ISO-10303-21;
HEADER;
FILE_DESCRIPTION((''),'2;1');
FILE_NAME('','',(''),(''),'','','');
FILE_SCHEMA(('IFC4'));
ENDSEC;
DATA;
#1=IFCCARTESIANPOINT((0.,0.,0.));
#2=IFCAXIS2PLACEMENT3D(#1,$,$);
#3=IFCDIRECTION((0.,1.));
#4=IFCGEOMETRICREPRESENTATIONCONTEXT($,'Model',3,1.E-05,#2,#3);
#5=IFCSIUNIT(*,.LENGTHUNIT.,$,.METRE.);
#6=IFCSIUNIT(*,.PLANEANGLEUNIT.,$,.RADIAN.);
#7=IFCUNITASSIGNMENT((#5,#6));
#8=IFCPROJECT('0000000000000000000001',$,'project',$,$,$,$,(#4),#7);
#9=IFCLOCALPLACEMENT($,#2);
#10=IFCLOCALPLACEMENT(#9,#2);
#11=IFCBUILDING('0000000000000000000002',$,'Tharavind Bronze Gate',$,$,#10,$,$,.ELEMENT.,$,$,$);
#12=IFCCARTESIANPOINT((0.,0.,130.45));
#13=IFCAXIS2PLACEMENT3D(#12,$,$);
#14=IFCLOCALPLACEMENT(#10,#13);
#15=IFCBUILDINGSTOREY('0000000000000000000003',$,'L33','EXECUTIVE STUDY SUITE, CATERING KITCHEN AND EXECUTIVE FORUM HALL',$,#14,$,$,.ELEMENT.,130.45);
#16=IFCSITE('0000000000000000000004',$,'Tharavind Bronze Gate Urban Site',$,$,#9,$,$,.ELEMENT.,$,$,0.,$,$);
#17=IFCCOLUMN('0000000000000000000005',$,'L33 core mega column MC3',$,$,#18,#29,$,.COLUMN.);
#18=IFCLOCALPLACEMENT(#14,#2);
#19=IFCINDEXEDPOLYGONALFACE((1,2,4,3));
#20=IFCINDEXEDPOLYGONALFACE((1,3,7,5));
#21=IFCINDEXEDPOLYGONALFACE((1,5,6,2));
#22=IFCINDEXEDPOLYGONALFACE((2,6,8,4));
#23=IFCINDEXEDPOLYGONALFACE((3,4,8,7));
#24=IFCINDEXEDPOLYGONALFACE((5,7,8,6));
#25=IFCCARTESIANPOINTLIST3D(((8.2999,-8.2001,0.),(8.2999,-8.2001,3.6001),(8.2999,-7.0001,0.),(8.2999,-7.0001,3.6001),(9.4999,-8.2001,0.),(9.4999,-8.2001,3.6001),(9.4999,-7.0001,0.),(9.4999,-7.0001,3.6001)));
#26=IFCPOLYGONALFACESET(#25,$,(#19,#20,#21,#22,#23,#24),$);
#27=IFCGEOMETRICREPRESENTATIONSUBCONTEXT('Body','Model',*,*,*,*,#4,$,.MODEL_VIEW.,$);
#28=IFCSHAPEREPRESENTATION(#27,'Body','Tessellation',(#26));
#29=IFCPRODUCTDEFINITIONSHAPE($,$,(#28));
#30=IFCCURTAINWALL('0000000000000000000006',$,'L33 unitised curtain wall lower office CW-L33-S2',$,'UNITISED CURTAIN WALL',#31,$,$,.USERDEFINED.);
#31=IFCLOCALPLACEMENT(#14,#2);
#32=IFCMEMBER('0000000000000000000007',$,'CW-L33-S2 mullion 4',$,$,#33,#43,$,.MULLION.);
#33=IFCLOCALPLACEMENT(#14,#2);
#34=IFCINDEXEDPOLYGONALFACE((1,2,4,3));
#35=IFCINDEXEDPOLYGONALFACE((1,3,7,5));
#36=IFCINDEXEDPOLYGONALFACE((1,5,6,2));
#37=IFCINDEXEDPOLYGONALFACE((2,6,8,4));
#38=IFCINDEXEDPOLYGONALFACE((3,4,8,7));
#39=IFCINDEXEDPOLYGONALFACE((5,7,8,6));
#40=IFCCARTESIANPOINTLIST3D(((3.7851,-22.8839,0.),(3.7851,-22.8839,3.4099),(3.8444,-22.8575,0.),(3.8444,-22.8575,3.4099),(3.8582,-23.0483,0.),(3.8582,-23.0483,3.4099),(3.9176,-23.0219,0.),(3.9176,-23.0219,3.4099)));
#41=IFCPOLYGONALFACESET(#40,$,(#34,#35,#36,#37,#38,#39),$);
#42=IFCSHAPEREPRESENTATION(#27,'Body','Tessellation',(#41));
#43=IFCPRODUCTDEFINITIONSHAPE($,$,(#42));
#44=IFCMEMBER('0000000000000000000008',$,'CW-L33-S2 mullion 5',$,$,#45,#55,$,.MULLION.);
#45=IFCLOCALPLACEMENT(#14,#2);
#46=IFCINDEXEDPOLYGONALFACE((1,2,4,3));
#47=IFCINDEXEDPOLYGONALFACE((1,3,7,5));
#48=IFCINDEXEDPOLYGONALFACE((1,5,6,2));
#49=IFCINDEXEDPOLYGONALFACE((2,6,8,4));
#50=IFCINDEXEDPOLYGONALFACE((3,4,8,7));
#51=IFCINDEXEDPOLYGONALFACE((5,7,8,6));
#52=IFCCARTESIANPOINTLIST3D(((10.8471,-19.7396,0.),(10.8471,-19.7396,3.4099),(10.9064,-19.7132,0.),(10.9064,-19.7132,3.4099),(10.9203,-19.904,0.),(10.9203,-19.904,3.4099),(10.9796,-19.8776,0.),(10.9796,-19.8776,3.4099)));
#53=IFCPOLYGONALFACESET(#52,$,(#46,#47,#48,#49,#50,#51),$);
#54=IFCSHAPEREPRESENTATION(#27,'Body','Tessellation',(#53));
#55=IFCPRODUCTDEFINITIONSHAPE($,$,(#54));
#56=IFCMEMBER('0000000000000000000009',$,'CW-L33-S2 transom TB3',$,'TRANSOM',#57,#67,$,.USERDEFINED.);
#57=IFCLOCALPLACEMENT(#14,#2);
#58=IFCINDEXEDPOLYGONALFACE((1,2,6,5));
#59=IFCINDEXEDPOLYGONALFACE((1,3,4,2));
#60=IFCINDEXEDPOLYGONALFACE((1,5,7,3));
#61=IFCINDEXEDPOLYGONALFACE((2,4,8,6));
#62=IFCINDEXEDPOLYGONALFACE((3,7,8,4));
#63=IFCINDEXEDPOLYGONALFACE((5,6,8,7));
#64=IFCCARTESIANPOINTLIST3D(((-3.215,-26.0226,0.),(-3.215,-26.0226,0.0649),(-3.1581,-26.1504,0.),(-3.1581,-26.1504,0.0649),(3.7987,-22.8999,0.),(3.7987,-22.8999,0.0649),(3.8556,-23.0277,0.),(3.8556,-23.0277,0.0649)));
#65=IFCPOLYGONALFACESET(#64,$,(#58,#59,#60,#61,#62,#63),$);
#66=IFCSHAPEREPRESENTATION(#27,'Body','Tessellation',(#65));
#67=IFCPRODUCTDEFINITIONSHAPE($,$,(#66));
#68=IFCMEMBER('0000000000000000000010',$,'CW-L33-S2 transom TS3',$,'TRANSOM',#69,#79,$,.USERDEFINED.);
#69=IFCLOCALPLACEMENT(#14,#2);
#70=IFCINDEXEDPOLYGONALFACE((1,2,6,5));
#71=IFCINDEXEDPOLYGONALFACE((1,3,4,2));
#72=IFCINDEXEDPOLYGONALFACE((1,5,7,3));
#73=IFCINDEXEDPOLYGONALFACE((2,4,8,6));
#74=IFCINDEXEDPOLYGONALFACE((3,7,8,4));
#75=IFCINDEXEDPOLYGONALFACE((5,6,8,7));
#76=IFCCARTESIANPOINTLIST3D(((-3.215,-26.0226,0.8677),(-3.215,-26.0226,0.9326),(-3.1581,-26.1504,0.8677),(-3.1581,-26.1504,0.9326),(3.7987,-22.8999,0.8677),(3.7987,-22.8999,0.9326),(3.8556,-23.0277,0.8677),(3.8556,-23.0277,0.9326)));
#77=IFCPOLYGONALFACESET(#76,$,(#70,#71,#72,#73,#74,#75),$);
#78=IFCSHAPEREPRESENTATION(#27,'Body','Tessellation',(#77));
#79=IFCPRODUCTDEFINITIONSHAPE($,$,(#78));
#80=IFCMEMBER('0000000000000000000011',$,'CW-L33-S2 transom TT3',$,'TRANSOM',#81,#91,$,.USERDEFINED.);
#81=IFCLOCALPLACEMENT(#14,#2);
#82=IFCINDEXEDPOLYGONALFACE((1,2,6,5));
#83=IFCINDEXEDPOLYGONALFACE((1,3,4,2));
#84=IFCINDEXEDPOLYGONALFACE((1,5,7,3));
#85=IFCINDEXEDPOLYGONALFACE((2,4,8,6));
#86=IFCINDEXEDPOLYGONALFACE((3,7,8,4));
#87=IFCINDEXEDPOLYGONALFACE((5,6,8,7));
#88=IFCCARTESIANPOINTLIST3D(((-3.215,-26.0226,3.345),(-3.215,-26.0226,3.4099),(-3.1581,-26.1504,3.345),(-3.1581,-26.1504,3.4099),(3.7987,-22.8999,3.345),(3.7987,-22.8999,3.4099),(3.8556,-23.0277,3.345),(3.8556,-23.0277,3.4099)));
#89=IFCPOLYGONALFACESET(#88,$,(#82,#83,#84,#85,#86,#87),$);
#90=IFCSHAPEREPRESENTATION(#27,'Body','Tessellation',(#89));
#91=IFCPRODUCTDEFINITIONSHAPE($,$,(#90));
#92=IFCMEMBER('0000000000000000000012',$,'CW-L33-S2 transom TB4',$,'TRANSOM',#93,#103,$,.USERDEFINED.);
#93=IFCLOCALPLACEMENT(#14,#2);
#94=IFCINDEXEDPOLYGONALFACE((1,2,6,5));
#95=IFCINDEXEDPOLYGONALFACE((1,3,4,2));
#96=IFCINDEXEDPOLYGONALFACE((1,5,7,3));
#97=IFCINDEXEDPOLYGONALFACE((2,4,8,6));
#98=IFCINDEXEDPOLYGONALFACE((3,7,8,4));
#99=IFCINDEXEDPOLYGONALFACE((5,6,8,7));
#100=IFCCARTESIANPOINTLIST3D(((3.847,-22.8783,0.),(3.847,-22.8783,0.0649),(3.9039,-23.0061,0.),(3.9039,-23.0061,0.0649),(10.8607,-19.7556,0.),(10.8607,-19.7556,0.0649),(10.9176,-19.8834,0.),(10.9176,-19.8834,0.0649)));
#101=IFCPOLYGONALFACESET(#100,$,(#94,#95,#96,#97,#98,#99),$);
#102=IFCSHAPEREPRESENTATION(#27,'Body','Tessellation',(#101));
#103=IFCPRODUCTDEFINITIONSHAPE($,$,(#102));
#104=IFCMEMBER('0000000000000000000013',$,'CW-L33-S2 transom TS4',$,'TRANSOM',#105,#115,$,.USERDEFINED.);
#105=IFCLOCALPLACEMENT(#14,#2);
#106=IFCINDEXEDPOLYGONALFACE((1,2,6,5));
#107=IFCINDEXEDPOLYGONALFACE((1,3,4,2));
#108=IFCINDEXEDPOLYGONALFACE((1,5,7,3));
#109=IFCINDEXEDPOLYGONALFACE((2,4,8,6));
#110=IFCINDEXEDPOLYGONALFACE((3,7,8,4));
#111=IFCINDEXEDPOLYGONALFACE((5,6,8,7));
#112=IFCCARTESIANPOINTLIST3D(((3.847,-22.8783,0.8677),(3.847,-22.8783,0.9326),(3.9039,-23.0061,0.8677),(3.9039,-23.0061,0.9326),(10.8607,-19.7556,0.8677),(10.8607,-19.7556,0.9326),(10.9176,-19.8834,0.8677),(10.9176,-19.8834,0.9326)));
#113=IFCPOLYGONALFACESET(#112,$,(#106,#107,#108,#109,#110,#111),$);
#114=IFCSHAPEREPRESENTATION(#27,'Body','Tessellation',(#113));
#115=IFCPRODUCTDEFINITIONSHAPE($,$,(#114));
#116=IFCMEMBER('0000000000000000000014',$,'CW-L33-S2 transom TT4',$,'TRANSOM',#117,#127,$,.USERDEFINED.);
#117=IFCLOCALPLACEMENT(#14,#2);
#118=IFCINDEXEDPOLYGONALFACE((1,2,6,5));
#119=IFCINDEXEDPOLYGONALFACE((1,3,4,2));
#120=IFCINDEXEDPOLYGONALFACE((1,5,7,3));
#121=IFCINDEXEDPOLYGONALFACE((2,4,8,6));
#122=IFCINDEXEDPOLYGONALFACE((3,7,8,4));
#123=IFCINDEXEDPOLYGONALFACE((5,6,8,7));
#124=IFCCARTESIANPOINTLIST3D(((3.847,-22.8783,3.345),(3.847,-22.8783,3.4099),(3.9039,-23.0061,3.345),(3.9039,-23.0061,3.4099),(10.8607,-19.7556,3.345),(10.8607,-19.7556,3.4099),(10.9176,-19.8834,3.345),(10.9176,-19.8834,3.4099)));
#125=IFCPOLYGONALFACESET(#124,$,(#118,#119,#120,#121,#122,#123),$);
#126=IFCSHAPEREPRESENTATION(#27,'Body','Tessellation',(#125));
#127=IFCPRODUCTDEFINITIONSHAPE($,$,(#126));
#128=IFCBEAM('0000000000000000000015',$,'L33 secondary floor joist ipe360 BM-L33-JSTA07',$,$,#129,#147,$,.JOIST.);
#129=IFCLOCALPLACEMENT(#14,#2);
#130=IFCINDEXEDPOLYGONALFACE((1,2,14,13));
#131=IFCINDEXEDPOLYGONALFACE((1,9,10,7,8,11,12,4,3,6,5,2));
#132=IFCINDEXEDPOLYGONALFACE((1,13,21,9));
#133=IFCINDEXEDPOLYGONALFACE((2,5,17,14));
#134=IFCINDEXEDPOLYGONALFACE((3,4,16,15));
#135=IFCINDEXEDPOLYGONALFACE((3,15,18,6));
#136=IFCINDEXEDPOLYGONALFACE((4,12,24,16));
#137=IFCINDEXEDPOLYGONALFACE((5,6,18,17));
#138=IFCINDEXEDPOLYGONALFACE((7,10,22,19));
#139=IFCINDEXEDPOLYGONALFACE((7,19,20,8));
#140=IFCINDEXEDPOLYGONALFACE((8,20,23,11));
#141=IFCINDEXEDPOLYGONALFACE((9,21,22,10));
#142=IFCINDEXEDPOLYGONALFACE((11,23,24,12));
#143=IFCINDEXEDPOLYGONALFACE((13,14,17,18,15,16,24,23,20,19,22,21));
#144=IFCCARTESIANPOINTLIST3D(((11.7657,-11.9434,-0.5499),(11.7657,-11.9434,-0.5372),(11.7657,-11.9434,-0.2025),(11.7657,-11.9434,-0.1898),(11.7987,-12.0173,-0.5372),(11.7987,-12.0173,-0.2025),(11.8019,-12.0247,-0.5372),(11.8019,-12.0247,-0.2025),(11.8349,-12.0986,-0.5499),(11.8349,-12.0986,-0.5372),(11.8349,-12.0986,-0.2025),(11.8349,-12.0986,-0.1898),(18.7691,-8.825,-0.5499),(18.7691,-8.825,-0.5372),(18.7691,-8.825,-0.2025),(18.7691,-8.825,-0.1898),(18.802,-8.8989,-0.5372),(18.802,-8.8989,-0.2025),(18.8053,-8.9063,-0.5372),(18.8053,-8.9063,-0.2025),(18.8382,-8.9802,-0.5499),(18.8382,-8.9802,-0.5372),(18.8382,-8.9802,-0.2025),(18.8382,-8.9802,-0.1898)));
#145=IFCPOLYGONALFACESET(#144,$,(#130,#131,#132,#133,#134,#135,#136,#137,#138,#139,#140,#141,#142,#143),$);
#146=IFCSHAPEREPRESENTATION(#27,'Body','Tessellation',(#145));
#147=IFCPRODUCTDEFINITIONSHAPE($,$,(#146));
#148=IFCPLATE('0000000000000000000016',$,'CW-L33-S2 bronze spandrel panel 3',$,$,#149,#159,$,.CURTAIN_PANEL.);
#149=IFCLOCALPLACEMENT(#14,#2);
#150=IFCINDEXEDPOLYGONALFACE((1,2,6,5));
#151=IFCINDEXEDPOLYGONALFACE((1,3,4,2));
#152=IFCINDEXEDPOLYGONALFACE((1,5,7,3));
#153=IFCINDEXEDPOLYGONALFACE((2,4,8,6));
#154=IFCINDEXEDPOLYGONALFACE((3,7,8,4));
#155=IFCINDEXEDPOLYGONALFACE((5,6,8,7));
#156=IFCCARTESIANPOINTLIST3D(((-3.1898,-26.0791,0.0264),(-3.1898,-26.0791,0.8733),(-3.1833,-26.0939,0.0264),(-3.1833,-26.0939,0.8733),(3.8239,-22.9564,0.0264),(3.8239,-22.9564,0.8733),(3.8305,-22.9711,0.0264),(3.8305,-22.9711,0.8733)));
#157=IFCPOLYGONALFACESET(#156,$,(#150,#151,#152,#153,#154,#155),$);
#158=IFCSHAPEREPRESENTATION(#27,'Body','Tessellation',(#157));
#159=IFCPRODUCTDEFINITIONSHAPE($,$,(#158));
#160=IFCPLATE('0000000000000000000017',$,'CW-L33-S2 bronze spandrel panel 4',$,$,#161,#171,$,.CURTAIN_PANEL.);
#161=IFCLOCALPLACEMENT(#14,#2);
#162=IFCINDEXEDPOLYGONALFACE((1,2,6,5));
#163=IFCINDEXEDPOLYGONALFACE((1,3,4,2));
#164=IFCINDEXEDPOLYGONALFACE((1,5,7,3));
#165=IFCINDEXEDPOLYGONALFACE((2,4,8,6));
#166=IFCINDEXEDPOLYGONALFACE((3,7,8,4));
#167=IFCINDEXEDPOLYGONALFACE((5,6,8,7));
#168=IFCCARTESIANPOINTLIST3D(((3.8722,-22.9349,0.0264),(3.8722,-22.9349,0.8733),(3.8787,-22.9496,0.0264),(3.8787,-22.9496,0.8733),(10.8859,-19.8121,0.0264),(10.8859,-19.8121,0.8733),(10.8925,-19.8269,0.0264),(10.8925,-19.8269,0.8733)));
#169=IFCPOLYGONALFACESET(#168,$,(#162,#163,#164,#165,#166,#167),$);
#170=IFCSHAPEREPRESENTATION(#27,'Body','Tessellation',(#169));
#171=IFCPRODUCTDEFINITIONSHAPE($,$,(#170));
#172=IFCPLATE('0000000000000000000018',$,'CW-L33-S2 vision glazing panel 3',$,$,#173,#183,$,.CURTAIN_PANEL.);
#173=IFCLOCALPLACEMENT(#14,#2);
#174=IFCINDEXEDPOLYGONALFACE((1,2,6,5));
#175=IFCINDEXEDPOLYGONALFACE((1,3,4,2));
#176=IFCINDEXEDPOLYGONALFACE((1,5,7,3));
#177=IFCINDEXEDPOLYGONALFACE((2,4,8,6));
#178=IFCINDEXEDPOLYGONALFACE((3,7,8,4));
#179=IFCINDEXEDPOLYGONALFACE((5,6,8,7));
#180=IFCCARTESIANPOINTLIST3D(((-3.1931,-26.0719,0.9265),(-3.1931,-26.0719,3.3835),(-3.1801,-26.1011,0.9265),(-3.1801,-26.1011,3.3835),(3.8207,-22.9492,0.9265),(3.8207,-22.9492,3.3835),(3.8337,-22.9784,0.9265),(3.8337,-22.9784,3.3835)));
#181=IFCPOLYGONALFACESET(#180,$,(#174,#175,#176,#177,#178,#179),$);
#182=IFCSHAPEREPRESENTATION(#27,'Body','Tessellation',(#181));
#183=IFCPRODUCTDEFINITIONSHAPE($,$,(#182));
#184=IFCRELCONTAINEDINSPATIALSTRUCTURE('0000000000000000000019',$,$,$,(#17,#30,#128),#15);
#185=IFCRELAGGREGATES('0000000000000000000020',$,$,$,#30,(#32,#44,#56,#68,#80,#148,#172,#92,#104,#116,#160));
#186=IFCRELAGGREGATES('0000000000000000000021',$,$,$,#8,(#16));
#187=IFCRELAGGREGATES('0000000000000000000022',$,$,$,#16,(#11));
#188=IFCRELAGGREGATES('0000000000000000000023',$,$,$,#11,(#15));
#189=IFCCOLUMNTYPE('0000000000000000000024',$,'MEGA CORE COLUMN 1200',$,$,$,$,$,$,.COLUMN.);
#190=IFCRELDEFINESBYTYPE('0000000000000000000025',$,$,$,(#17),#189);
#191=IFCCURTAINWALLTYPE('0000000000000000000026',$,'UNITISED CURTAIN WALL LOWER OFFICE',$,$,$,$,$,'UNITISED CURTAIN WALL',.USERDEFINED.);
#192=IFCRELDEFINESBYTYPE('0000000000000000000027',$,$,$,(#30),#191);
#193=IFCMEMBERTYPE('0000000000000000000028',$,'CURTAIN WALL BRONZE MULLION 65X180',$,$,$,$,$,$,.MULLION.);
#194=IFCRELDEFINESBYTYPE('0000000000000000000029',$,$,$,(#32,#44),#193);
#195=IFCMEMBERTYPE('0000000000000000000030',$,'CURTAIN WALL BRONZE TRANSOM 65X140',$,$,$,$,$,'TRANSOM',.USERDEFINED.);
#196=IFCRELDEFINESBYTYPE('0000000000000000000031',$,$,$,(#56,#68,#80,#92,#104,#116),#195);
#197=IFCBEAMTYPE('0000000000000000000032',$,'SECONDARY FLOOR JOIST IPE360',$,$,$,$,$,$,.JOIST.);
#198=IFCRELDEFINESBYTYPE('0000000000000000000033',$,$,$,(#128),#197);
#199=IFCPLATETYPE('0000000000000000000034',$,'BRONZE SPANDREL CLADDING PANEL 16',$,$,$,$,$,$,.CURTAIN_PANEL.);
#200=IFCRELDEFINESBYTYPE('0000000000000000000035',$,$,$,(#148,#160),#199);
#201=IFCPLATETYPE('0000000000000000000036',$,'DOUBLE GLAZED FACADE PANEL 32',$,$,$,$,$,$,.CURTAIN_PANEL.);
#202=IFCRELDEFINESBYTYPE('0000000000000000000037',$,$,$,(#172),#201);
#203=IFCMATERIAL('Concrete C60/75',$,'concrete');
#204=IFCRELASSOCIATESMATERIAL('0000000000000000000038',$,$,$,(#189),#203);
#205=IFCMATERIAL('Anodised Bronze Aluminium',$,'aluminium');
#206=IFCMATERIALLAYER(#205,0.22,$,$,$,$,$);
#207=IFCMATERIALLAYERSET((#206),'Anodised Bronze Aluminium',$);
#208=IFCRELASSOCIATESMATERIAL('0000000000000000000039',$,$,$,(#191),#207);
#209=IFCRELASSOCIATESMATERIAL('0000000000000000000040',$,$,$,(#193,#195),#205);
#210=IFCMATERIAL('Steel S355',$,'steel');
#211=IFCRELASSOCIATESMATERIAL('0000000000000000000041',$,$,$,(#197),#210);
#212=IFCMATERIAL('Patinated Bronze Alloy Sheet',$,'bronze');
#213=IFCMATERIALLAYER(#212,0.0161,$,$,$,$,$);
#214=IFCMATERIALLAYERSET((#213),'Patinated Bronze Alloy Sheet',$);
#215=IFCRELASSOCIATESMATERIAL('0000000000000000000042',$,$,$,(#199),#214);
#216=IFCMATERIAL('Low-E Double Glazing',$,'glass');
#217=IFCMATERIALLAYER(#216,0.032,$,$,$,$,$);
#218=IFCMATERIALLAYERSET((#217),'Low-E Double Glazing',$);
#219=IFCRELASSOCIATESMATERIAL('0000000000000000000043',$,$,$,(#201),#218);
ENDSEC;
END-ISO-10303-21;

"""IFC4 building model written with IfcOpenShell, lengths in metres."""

from ifc_helpers import new_model, si_unit, direction, frame, origin, origin_2d, place, context, subcontext, project, spatial, rectangle, i_section, extrude, material, layer, layer_set, material_profile, profile_set, type_object, element, aggregate, save


model = new_model("IFC4")

# Units and contexts
model_context = context("Model", 3, precision=1e-05, world=origin(), true_north=direction((0.0, 1.0)))
body_context = subcontext(model_context, "Body", "Model", "MODEL_VIEW")
ifc_project = project(units=[si_unit("LENGTHUNIT", "METRE"), si_unit("PLANEANGLEUNIT", "RADIAN")], contexts=[model_context])

# Site, building, storey
site_placement = place(None, origin())
site = spatial("IfcSite", under=ifc_project, at=site_placement, Name="Tharavind Bronze Gate Urban Site", CompositionType="ELEMENT", RefElevation=0.0)
building_placement = place(site_placement, origin())
building = spatial("IfcBuilding", under=site, at=building_placement, Name="Tharavind Bronze Gate", CompositionType="ELEMENT")
storey_placement = place(building_placement, frame((0.0, 0.0, 130.45)))
storey = spatial("IfcBuildingStorey", under=building, at=storey_placement, Name="L33", Description="EXECUTIVE STUDY SUITE, CATERING KITCHEN AND EXECUTIVE FORUM HALL", CompositionType="ELEMENT", Elevation=130.45)

# Column
ifc_material_1 = material(Name="Concrete C60/75", Category="concrete")
ifc_material_profile_1 = material_profile(ifc_material_1, rectangle(XDim=1.2, YDim=1.2, at=origin_2d()), Name="RCCOL1200")
ifc_profile_set_1 = profile_set([ifc_material_profile_1], Name="Concrete C60/75")
column_type = type_object("IfcColumnType", Name="MEGA CORE COLUMN 1200", PredefinedType="COLUMN", material=ifc_profile_set_1)
column_placement = place(storey_placement, frame((8.8999, -7.6001, 0.0), z_axis=(0.0, 0.0, 1.0), x_axis=(1.0, 0.0, 0.0)))
element("IfcColumn", 1, at=column_placement, inside=storey, type_object=column_type, Name="L33 core mega column MC3", PredefinedType="COLUMN", context=body_context, shape_type="SweptSolid", body=[
    extrude(rectangle(XDim=1.2, YDim=1.2, at=origin_2d()), origin(), (0.0, 0.0, 1.0), 3.6001),
])

# Curtain wall, members
ifc_material_2 = material(Name="Anodised Bronze Aluminium", Category="aluminium")
ifc_layer_1 = layer(ifc_material_2, 0.22)
ifc_layer_set_1 = layer_set([ifc_layer_1], Name="Anodised Bronze Aluminium")
curtain_wall_type = type_object("IfcCurtainWallType", Name="UNITISED CURTAIN WALL LOWER OFFICE", ElementType="UNITISED CURTAIN WALL", PredefinedType="USERDEFINED", material=ifc_layer_set_1)
curtain_wall_placement = place(storey_placement, origin())
curtain_wall = element("IfcCurtainWall", 2, at=curtain_wall_placement, inside=storey, type_object=curtain_wall_type, Name="L33 unitised curtain wall lower office CW-L33-S2", ObjectType="UNITISED CURTAIN WALL", PredefinedType="USERDEFINED")
member_type_1 = type_object("IfcMemberType", Name="CURTAIN WALL BRONZE MULLION 65X180", PredefinedType="MULLION", material=ifc_material_2)
member_1_placement = place(storey_placement, frame((3.8513, -22.9529, 0.0), z_axis=(0.0, 0.0, 1.0), x_axis=(0.913545, 0.406737, 0.0)))
member_1 = element("IfcMember", 3, at=member_1_placement, type_object=member_type_1, Name="CW-L33-S2 mullion 4", PredefinedType="MULLION", context=body_context, shape_type="SweptSolid", body=[
    extrude(rectangle(XDim=0.0649, YDim=0.1799, at=origin_2d()), origin(), (0.0, 0.0, 1.0), 3.4099),
])
member_2_placement = place(storey_placement, frame((10.9133, -19.8086, 0.0), z_axis=(0.0, 0.0, 1.0), x_axis=(0.913545, 0.406737, 0.0)))
member_2 = element("IfcMember", 4, at=member_2_placement, type_object=member_type_1, Name="CW-L33-S2 mullion 5", PredefinedType="MULLION", context=body_context, shape_type="SweptSolid", body=[
    extrude(rectangle(XDim=0.0649, YDim=0.1799, at=origin_2d()), origin(), (0.0, 0.0, 1.0), 3.4099),
])
member_type_2 = type_object("IfcMemberType", Name="CURTAIN WALL BRONZE TRANSOM 65X140", ElementType="TRANSOM", PredefinedType="USERDEFINED", material=ifc_material_2)
member_3_placement = place(storey_placement, frame((0.3203, -24.5251, 0.0), z_axis=(0.0, 0.0, 1.0), x_axis=(0.913545, 0.406737, 0.0)))
member_3 = element("IfcMember", 5, at=member_3_placement, type_object=member_type_2, Name="CW-L33-S2 transom TB3", ObjectType="TRANSOM", PredefinedType="USERDEFINED", context=body_context, shape_type="SweptSolid", body=[
    extrude(rectangle(XDim=7.6775, YDim=0.1399, at=origin_2d()), origin(), (0.0, 0.0, 1.0), 0.0649),
])
member_4_placement = place(storey_placement, frame((0.3203, -24.5251, 0.8677), z_axis=(0.0, 0.0, 1.0), x_axis=(0.913545, 0.406737, 0.0)))
member_4 = element("IfcMember", 6, at=member_4_placement, type_object=member_type_2, Name="CW-L33-S2 transom TS3", ObjectType="TRANSOM", PredefinedType="USERDEFINED", context=body_context, shape_type="SweptSolid", body=[
    extrude(rectangle(XDim=7.6775, YDim=0.1399, at=origin_2d()), origin(), (0.0, 0.0, 1.0), 0.0649),
])
member_5_placement = place(storey_placement, frame((0.3203, -24.5251, 3.345), z_axis=(0.0, 0.0, 1.0), x_axis=(0.913545, 0.406737, 0.0)))
member_5 = element("IfcMember", 7, at=member_5_placement, type_object=member_type_2, Name="CW-L33-S2 transom TT3", ObjectType="TRANSOM", PredefinedType="USERDEFINED", context=body_context, shape_type="SweptSolid", body=[
    extrude(rectangle(XDim=7.6775, YDim=0.1399, at=origin_2d()), origin(), (0.0, 0.0, 1.0), 0.0649),
])
member_6_placement = place(storey_placement, frame((7.3823, -21.3809, 0.0), z_axis=(0.0, 0.0, 1.0), x_axis=(0.913545, 0.406737, 0.0)))
member_6 = element("IfcMember", 8, at=member_6_placement, type_object=member_type_2, Name="CW-L33-S2 transom TB4", ObjectType="TRANSOM", PredefinedType="USERDEFINED", context=body_context, shape_type="SweptSolid", body=[
    extrude(rectangle(XDim=7.6775, YDim=0.1399, at=origin_2d()), origin(), (0.0, 0.0, 1.0), 0.0649),
])
member_7_placement = place(storey_placement, frame((7.3823, -21.3809, 0.8677), z_axis=(0.0, 0.0, 1.0), x_axis=(0.913545, 0.406737, 0.0)))
member_7 = element("IfcMember", 9, at=member_7_placement, type_object=member_type_2, Name="CW-L33-S2 transom TS4", ObjectType="TRANSOM", PredefinedType="USERDEFINED", context=body_context, shape_type="SweptSolid", body=[
    extrude(rectangle(XDim=7.6775, YDim=0.1399, at=origin_2d()), origin(), (0.0, 0.0, 1.0), 0.0649),
])
member_8_placement = place(storey_placement, frame((7.3823, -21.3809, 3.345), z_axis=(0.0, 0.0, 1.0), x_axis=(0.913545, 0.406737, 0.0)))
member_8 = element("IfcMember", 10, at=member_8_placement, type_object=member_type_2, Name="CW-L33-S2 transom TT4", ObjectType="TRANSOM", PredefinedType="USERDEFINED", context=body_context, shape_type="SweptSolid", body=[
    extrude(rectangle(XDim=7.6775, YDim=0.1399, at=origin_2d()), origin(), (0.0, 0.0, 1.0), 0.0649),
])

# Beam
ifc_material_3 = material(Name="Steel S355", Category="steel")
ifc_material_profile_2 = material_profile(ifc_material_3, i_section(OverallWidth=0.1699, OverallDepth=0.3601, WebThickness=0.0081, FlangeThickness=0.0127, at=origin_2d()), Name="IPE360")
ifc_profile_set_2 = profile_set([ifc_material_profile_2], Name="Steel S355")
beam_type = type_object("IfcBeamType", Name="SECONDARY FLOOR JOIST IPE360", PredefinedType="JOIST", material=ifc_profile_set_2)
beam_placement = place(storey_placement, frame((11.8003, -12.021, -0.3699), z_axis=(0.913532, 0.406768, 0.0), x_axis=(-0.406768, 0.913532, 0.0)))
element("IfcBeam", 11, at=beam_placement, inside=storey, type_object=beam_type, Name="L33 secondary floor joist ipe360 BM-L33-JSTA07", PredefinedType="JOIST", context=body_context, shape_type="SweptSolid", body=[
    extrude(i_section(OverallWidth=0.1699, OverallDepth=0.3601, WebThickness=0.0081, FlangeThickness=0.0127, at=origin_2d()), origin(), (0.0, 0.0, 1.0), 7.6663),
])

# Plates
ifc_material_4 = material(Name="Patinated Bronze Alloy Sheet", Category="bronze")
ifc_layer_2 = layer(ifc_material_4, 0.0161)
ifc_layer_set_2 = layer_set([ifc_layer_2], Name="Patinated Bronze Alloy Sheet")
plate_type_1 = type_object("IfcPlateType", Name="BRONZE SPANDREL CLADDING PANEL 16", PredefinedType="CURTAIN_PANEL", material=ifc_layer_set_2)
plate_1_placement = place(storey_placement, frame((0.3203, -24.5251, 0.0264), z_axis=(0.0, 0.0, 1.0), x_axis=(0.913545, 0.406737, 0.0)))
plate_1 = element("IfcPlate", 12, at=plate_1_placement, type_object=plate_type_1, Name="CW-L33-S2 bronze spandrel panel 3", PredefinedType="CURTAIN_PANEL", context=body_context, shape_type="SweptSolid", body=[
    extrude(rectangle(XDim=7.6775, YDim=0.0161, at=origin_2d()), origin(), (0.0, 0.0, 1.0), 0.8469),
])
plate_2_placement = place(storey_placement, frame((7.3823, -21.3809, 0.0264), z_axis=(0.0, 0.0, 1.0), x_axis=(0.913545, 0.406737, 0.0)))
plate_2 = element("IfcPlate", 13, at=plate_2_placement, type_object=plate_type_1, Name="CW-L33-S2 bronze spandrel panel 4", PredefinedType="CURTAIN_PANEL", context=body_context, shape_type="SweptSolid", body=[
    extrude(rectangle(XDim=7.6775, YDim=0.0161, at=origin_2d()), origin(), (0.0, 0.0, 1.0), 0.8469),
])
ifc_material_5 = material(Name="Low-E Double Glazing", Category="glass")
ifc_layer_3 = layer(ifc_material_5, 0.032)
ifc_layer_set_3 = layer_set([ifc_layer_3], Name="Low-E Double Glazing")
plate_type_2 = type_object("IfcPlateType", Name="DOUBLE GLAZED FACADE PANEL 32", PredefinedType="CURTAIN_PANEL", material=ifc_layer_set_3)
plate_3_placement = place(storey_placement, frame((0.3203, -24.5251, 0.9265), z_axis=(0.0, 0.0, 1.0), x_axis=(0.913545, 0.406737, 0.0)))
plate_3 = element("IfcPlate", 14, at=plate_3_placement, type_object=plate_type_2, Name="CW-L33-S2 vision glazing panel 3", PredefinedType="CURTAIN_PANEL", context=body_context, shape_type="SweptSolid", body=[
    extrude(rectangle(XDim=7.6775, YDim=0.032, at=origin_2d()), origin(), (0.0, 0.0, 1.0), 2.457),
])
aggregate(curtain_wall, [member_1, member_2, member_3, member_4, member_5, plate_1, plate_3, member_6, member_7, member_8, plate_2])

save(model, "model.ifc")
